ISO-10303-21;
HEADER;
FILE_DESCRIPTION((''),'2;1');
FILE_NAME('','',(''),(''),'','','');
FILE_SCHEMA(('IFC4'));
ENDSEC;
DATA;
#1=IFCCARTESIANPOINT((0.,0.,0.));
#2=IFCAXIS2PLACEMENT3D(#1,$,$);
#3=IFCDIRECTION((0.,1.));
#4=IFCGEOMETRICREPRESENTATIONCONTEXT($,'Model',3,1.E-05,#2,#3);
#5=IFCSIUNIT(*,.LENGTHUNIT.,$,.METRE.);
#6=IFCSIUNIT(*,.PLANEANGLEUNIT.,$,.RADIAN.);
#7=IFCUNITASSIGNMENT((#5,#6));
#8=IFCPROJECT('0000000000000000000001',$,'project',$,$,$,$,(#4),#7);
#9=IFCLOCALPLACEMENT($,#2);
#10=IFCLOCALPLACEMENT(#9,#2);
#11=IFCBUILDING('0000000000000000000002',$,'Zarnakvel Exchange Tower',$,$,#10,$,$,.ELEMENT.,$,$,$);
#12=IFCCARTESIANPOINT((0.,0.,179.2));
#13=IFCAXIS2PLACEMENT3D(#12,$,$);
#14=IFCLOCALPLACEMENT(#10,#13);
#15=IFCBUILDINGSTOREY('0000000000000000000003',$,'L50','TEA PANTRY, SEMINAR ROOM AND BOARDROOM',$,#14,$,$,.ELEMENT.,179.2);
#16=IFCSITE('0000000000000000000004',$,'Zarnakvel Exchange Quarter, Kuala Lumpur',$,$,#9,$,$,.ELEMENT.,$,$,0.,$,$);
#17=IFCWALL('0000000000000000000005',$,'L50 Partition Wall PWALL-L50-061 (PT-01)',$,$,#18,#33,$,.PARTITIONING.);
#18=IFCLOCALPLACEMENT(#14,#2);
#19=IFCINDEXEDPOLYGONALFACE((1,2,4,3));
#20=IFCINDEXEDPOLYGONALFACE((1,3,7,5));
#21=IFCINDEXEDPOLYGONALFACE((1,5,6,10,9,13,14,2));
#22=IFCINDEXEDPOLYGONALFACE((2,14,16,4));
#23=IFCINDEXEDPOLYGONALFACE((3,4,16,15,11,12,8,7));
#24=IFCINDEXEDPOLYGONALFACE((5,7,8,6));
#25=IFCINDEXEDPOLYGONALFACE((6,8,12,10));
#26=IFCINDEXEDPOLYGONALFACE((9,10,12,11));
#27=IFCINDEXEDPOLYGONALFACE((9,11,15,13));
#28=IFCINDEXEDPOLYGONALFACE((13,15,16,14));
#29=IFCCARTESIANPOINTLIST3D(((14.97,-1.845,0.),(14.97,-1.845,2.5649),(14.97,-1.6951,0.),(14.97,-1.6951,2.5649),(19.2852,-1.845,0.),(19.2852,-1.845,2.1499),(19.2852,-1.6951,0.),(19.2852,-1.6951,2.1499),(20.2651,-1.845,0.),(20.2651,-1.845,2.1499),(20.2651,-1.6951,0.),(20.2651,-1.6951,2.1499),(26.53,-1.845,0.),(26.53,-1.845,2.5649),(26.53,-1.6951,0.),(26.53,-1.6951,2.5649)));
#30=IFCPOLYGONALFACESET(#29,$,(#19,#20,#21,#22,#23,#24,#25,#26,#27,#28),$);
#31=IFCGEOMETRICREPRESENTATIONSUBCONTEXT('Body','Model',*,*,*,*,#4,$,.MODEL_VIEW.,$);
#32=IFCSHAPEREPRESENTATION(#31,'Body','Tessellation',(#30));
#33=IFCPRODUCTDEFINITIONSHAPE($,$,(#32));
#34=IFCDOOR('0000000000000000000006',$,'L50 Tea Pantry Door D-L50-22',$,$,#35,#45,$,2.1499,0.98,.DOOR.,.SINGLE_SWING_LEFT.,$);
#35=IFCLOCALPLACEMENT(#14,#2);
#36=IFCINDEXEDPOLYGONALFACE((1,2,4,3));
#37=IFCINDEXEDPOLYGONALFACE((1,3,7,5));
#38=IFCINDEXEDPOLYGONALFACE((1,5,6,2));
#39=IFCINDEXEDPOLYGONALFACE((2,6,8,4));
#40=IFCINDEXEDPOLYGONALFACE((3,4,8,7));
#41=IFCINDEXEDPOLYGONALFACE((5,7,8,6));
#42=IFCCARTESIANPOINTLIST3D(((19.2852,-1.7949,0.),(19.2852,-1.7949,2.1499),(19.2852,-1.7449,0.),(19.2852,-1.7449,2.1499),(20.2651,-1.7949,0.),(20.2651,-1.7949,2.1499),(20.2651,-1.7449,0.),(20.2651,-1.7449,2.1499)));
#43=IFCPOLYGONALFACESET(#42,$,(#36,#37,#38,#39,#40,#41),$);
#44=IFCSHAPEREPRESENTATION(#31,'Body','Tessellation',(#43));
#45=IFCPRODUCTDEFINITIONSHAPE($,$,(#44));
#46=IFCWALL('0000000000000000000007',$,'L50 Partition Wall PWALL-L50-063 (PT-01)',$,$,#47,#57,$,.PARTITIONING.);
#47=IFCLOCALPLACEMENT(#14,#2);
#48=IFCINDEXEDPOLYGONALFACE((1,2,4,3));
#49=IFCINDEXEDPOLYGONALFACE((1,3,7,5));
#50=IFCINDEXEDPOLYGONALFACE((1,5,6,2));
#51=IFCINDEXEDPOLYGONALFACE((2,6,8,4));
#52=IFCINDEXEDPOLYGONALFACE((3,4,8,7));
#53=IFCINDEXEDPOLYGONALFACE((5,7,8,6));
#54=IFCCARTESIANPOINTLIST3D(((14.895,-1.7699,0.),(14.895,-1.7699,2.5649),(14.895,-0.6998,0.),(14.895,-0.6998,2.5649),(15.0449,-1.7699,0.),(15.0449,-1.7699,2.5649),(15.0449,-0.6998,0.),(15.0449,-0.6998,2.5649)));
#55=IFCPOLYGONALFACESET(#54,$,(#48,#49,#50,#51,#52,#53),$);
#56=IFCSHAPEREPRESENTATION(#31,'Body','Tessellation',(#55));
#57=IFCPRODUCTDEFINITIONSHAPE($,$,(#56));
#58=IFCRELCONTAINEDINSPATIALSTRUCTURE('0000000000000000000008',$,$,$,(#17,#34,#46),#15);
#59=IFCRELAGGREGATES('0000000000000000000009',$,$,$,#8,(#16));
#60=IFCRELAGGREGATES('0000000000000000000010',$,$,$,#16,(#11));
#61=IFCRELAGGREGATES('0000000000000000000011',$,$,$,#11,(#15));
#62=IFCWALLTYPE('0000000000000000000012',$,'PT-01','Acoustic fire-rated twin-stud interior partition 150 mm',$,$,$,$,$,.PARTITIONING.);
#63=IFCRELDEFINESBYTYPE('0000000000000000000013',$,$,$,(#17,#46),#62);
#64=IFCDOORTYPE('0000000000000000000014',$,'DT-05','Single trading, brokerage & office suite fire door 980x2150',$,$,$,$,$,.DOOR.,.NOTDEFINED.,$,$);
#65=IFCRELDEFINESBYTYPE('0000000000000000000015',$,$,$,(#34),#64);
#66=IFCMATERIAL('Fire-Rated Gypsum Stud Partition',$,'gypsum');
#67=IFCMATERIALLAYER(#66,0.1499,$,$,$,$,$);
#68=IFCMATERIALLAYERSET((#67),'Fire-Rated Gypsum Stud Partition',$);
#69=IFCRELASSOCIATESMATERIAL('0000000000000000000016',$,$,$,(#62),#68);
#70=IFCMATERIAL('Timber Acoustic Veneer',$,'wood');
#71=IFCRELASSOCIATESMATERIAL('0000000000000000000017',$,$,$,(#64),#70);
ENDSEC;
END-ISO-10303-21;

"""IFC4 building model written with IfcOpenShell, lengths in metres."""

from ifc_helpers import new_model, si_unit, direction, frame, frame_2d, origin, place, context, subcontext, project, spatial, rectangle, extrude, source, transform, mapped, material, layer, layer_set, type_object, element, fill, save


model = new_model("IFC4")

# Units and contexts
model_context = context("Model", 3, precision=1e-05, world=origin(), true_north=direction((0.0, 1.0)))
body_context = subcontext(model_context, "Body", "Model", "MODEL_VIEW")
ifc_project = project(units=[si_unit("LENGTHUNIT", "METRE"), si_unit("PLANEANGLEUNIT", "RADIAN")], contexts=[model_context])

# Site, building, storey
site_placement = place(None, origin())
site = spatial("IfcSite", under=ifc_project, at=site_placement, Name="Zarnakvel Exchange Quarter, Kuala Lumpur", CompositionType="ELEMENT", RefElevation=0.0)
building_placement = place(site_placement, origin())
building = spatial("IfcBuilding", under=site, at=building_placement, Name="Zarnakvel Exchange Tower", CompositionType="ELEMENT")
storey_placement = place(building_placement, frame((0.0, 0.0, 179.2)))
storey = spatial("IfcBuildingStorey", under=building, at=storey_placement, Name="L50", Description="TEA PANTRY, SEMINAR ROOM AND BOARDROOM", CompositionType="ELEMENT", Elevation=179.2)

# Shared definitions
ifc_material_1 = material(Name="Fire-Rated Gypsum Stud Partition", Category="gypsum")
ifc_layer_1 = layer(ifc_material_1, 0.1499)
ifc_layer_set_1 = layer_set([ifc_layer_1], Name="Fire-Rated Gypsum Stud Partition")
wall_type_1 = type_object("IfcWallType", Name="PT-01", Description="Acoustic fire-rated twin-stud interior partition 150 mm", PredefinedType="PARTITIONING", material=ifc_layer_set_1)
ifc_material_2 = material(Name="Timber Acoustic Veneer", Category="wood")
door_type_1 = type_object("IfcDoorType", Name="DT-05", Description="Single trading, brokerage & office suite fire door 980x2150", OperationType="NOTDEFINED", PredefinedType="DOOR", material=ifc_material_2)
shared_shape_1 = source(origin(), body_context, "Body", "SweptSolid", [
    extrude(rectangle(XDim=0.98, YDim=2.1499, at=frame_2d((0.49, 1.075))), frame((0.0, 0.0249, 0.0), z_axis=(0.0, -1.0, 0.0), x_axis=(1.0, 0.0, 0.0)), (0.0, 0.0, 1.0), 0.05),
])

# Wall, opening, door
wall_1_placement = place(storey_placement, frame((26.53, -1.77, 0.0), z_axis=(0.0, 0.0, 1.0), x_axis=(-1.0, 0.0, 0.0)))
wall_1 = element("IfcWall", 1, at=wall_1_placement, inside=storey, type_object=wall_type_1, Name="L50 Partition Wall PWALL-L50-061 (PT-01)", PredefinedType="PARTITIONING", context=body_context, shape_type="SweptSolid", body=[
    extrude(rectangle(XDim=11.5601, YDim=0.1499, at=frame_2d((5.78, 0.0))), origin(), (0.0, 0.0, 1.0), 2.5649),
])
opening_1_placement = place(wall_1_placement, frame((6.2649, 0.0, 0.0)))
opening_1 = element("IfcOpeningElement", 2, at=opening_1_placement, cuts=wall_1, PredefinedType="OPENING", context=body_context, shape_type="SweptSolid", body=[
    extrude(rectangle(XDim=0.98, YDim=2.1499, at=frame_2d((0.49, 1.075))), frame((0.0, 0.085, 0.0), z_axis=(0.0, -1.0, 0.0), x_axis=(1.0, 0.0, 0.0)), (0.0, 0.0, 1.0), 0.1699),
])
door_1_placement = place(opening_1_placement, origin())
door_1 = element("IfcDoor", 3, at=door_1_placement, inside=storey, type_object=door_type_1, Name="L50 Tea Pantry Door D-L50-22", OperationType="SINGLE_SWING_LEFT", OverallHeight=2.1499, OverallWidth=0.98, PredefinedType="DOOR", context=body_context, shape_type="MappedRepresentation", body=[
    mapped(shared_shape_1, transform((0.0, 0.0, 0.0), x_axis=(1.0, 0.0, 0.0), y_axis=(0.0, 1.0, 0.0), z_axis=(0.0, 0.0, 1.0), scale=1.0)),
])
fill(opening_1, door_1)

# Wall
wall_2_placement = place(storey_placement, frame((14.97, -1.77, 0.0), z_axis=(0.0, 0.0, 1.0), x_axis=(0.0, 1.0, 0.0)))
element("IfcWall", 4, at=wall_2_placement, inside=storey, type_object=wall_type_1, Name="L50 Partition Wall PWALL-L50-063 (PT-01)", PredefinedType="PARTITIONING", context=body_context, shape_type="SweptSolid", body=[
    extrude(rectangle(XDim=1.0701, YDim=0.1499, at=frame_2d((0.5352, 0.0))), origin(), (0.0, 0.0, 1.0), 2.5649),
])

save(model, "model.ifc")
